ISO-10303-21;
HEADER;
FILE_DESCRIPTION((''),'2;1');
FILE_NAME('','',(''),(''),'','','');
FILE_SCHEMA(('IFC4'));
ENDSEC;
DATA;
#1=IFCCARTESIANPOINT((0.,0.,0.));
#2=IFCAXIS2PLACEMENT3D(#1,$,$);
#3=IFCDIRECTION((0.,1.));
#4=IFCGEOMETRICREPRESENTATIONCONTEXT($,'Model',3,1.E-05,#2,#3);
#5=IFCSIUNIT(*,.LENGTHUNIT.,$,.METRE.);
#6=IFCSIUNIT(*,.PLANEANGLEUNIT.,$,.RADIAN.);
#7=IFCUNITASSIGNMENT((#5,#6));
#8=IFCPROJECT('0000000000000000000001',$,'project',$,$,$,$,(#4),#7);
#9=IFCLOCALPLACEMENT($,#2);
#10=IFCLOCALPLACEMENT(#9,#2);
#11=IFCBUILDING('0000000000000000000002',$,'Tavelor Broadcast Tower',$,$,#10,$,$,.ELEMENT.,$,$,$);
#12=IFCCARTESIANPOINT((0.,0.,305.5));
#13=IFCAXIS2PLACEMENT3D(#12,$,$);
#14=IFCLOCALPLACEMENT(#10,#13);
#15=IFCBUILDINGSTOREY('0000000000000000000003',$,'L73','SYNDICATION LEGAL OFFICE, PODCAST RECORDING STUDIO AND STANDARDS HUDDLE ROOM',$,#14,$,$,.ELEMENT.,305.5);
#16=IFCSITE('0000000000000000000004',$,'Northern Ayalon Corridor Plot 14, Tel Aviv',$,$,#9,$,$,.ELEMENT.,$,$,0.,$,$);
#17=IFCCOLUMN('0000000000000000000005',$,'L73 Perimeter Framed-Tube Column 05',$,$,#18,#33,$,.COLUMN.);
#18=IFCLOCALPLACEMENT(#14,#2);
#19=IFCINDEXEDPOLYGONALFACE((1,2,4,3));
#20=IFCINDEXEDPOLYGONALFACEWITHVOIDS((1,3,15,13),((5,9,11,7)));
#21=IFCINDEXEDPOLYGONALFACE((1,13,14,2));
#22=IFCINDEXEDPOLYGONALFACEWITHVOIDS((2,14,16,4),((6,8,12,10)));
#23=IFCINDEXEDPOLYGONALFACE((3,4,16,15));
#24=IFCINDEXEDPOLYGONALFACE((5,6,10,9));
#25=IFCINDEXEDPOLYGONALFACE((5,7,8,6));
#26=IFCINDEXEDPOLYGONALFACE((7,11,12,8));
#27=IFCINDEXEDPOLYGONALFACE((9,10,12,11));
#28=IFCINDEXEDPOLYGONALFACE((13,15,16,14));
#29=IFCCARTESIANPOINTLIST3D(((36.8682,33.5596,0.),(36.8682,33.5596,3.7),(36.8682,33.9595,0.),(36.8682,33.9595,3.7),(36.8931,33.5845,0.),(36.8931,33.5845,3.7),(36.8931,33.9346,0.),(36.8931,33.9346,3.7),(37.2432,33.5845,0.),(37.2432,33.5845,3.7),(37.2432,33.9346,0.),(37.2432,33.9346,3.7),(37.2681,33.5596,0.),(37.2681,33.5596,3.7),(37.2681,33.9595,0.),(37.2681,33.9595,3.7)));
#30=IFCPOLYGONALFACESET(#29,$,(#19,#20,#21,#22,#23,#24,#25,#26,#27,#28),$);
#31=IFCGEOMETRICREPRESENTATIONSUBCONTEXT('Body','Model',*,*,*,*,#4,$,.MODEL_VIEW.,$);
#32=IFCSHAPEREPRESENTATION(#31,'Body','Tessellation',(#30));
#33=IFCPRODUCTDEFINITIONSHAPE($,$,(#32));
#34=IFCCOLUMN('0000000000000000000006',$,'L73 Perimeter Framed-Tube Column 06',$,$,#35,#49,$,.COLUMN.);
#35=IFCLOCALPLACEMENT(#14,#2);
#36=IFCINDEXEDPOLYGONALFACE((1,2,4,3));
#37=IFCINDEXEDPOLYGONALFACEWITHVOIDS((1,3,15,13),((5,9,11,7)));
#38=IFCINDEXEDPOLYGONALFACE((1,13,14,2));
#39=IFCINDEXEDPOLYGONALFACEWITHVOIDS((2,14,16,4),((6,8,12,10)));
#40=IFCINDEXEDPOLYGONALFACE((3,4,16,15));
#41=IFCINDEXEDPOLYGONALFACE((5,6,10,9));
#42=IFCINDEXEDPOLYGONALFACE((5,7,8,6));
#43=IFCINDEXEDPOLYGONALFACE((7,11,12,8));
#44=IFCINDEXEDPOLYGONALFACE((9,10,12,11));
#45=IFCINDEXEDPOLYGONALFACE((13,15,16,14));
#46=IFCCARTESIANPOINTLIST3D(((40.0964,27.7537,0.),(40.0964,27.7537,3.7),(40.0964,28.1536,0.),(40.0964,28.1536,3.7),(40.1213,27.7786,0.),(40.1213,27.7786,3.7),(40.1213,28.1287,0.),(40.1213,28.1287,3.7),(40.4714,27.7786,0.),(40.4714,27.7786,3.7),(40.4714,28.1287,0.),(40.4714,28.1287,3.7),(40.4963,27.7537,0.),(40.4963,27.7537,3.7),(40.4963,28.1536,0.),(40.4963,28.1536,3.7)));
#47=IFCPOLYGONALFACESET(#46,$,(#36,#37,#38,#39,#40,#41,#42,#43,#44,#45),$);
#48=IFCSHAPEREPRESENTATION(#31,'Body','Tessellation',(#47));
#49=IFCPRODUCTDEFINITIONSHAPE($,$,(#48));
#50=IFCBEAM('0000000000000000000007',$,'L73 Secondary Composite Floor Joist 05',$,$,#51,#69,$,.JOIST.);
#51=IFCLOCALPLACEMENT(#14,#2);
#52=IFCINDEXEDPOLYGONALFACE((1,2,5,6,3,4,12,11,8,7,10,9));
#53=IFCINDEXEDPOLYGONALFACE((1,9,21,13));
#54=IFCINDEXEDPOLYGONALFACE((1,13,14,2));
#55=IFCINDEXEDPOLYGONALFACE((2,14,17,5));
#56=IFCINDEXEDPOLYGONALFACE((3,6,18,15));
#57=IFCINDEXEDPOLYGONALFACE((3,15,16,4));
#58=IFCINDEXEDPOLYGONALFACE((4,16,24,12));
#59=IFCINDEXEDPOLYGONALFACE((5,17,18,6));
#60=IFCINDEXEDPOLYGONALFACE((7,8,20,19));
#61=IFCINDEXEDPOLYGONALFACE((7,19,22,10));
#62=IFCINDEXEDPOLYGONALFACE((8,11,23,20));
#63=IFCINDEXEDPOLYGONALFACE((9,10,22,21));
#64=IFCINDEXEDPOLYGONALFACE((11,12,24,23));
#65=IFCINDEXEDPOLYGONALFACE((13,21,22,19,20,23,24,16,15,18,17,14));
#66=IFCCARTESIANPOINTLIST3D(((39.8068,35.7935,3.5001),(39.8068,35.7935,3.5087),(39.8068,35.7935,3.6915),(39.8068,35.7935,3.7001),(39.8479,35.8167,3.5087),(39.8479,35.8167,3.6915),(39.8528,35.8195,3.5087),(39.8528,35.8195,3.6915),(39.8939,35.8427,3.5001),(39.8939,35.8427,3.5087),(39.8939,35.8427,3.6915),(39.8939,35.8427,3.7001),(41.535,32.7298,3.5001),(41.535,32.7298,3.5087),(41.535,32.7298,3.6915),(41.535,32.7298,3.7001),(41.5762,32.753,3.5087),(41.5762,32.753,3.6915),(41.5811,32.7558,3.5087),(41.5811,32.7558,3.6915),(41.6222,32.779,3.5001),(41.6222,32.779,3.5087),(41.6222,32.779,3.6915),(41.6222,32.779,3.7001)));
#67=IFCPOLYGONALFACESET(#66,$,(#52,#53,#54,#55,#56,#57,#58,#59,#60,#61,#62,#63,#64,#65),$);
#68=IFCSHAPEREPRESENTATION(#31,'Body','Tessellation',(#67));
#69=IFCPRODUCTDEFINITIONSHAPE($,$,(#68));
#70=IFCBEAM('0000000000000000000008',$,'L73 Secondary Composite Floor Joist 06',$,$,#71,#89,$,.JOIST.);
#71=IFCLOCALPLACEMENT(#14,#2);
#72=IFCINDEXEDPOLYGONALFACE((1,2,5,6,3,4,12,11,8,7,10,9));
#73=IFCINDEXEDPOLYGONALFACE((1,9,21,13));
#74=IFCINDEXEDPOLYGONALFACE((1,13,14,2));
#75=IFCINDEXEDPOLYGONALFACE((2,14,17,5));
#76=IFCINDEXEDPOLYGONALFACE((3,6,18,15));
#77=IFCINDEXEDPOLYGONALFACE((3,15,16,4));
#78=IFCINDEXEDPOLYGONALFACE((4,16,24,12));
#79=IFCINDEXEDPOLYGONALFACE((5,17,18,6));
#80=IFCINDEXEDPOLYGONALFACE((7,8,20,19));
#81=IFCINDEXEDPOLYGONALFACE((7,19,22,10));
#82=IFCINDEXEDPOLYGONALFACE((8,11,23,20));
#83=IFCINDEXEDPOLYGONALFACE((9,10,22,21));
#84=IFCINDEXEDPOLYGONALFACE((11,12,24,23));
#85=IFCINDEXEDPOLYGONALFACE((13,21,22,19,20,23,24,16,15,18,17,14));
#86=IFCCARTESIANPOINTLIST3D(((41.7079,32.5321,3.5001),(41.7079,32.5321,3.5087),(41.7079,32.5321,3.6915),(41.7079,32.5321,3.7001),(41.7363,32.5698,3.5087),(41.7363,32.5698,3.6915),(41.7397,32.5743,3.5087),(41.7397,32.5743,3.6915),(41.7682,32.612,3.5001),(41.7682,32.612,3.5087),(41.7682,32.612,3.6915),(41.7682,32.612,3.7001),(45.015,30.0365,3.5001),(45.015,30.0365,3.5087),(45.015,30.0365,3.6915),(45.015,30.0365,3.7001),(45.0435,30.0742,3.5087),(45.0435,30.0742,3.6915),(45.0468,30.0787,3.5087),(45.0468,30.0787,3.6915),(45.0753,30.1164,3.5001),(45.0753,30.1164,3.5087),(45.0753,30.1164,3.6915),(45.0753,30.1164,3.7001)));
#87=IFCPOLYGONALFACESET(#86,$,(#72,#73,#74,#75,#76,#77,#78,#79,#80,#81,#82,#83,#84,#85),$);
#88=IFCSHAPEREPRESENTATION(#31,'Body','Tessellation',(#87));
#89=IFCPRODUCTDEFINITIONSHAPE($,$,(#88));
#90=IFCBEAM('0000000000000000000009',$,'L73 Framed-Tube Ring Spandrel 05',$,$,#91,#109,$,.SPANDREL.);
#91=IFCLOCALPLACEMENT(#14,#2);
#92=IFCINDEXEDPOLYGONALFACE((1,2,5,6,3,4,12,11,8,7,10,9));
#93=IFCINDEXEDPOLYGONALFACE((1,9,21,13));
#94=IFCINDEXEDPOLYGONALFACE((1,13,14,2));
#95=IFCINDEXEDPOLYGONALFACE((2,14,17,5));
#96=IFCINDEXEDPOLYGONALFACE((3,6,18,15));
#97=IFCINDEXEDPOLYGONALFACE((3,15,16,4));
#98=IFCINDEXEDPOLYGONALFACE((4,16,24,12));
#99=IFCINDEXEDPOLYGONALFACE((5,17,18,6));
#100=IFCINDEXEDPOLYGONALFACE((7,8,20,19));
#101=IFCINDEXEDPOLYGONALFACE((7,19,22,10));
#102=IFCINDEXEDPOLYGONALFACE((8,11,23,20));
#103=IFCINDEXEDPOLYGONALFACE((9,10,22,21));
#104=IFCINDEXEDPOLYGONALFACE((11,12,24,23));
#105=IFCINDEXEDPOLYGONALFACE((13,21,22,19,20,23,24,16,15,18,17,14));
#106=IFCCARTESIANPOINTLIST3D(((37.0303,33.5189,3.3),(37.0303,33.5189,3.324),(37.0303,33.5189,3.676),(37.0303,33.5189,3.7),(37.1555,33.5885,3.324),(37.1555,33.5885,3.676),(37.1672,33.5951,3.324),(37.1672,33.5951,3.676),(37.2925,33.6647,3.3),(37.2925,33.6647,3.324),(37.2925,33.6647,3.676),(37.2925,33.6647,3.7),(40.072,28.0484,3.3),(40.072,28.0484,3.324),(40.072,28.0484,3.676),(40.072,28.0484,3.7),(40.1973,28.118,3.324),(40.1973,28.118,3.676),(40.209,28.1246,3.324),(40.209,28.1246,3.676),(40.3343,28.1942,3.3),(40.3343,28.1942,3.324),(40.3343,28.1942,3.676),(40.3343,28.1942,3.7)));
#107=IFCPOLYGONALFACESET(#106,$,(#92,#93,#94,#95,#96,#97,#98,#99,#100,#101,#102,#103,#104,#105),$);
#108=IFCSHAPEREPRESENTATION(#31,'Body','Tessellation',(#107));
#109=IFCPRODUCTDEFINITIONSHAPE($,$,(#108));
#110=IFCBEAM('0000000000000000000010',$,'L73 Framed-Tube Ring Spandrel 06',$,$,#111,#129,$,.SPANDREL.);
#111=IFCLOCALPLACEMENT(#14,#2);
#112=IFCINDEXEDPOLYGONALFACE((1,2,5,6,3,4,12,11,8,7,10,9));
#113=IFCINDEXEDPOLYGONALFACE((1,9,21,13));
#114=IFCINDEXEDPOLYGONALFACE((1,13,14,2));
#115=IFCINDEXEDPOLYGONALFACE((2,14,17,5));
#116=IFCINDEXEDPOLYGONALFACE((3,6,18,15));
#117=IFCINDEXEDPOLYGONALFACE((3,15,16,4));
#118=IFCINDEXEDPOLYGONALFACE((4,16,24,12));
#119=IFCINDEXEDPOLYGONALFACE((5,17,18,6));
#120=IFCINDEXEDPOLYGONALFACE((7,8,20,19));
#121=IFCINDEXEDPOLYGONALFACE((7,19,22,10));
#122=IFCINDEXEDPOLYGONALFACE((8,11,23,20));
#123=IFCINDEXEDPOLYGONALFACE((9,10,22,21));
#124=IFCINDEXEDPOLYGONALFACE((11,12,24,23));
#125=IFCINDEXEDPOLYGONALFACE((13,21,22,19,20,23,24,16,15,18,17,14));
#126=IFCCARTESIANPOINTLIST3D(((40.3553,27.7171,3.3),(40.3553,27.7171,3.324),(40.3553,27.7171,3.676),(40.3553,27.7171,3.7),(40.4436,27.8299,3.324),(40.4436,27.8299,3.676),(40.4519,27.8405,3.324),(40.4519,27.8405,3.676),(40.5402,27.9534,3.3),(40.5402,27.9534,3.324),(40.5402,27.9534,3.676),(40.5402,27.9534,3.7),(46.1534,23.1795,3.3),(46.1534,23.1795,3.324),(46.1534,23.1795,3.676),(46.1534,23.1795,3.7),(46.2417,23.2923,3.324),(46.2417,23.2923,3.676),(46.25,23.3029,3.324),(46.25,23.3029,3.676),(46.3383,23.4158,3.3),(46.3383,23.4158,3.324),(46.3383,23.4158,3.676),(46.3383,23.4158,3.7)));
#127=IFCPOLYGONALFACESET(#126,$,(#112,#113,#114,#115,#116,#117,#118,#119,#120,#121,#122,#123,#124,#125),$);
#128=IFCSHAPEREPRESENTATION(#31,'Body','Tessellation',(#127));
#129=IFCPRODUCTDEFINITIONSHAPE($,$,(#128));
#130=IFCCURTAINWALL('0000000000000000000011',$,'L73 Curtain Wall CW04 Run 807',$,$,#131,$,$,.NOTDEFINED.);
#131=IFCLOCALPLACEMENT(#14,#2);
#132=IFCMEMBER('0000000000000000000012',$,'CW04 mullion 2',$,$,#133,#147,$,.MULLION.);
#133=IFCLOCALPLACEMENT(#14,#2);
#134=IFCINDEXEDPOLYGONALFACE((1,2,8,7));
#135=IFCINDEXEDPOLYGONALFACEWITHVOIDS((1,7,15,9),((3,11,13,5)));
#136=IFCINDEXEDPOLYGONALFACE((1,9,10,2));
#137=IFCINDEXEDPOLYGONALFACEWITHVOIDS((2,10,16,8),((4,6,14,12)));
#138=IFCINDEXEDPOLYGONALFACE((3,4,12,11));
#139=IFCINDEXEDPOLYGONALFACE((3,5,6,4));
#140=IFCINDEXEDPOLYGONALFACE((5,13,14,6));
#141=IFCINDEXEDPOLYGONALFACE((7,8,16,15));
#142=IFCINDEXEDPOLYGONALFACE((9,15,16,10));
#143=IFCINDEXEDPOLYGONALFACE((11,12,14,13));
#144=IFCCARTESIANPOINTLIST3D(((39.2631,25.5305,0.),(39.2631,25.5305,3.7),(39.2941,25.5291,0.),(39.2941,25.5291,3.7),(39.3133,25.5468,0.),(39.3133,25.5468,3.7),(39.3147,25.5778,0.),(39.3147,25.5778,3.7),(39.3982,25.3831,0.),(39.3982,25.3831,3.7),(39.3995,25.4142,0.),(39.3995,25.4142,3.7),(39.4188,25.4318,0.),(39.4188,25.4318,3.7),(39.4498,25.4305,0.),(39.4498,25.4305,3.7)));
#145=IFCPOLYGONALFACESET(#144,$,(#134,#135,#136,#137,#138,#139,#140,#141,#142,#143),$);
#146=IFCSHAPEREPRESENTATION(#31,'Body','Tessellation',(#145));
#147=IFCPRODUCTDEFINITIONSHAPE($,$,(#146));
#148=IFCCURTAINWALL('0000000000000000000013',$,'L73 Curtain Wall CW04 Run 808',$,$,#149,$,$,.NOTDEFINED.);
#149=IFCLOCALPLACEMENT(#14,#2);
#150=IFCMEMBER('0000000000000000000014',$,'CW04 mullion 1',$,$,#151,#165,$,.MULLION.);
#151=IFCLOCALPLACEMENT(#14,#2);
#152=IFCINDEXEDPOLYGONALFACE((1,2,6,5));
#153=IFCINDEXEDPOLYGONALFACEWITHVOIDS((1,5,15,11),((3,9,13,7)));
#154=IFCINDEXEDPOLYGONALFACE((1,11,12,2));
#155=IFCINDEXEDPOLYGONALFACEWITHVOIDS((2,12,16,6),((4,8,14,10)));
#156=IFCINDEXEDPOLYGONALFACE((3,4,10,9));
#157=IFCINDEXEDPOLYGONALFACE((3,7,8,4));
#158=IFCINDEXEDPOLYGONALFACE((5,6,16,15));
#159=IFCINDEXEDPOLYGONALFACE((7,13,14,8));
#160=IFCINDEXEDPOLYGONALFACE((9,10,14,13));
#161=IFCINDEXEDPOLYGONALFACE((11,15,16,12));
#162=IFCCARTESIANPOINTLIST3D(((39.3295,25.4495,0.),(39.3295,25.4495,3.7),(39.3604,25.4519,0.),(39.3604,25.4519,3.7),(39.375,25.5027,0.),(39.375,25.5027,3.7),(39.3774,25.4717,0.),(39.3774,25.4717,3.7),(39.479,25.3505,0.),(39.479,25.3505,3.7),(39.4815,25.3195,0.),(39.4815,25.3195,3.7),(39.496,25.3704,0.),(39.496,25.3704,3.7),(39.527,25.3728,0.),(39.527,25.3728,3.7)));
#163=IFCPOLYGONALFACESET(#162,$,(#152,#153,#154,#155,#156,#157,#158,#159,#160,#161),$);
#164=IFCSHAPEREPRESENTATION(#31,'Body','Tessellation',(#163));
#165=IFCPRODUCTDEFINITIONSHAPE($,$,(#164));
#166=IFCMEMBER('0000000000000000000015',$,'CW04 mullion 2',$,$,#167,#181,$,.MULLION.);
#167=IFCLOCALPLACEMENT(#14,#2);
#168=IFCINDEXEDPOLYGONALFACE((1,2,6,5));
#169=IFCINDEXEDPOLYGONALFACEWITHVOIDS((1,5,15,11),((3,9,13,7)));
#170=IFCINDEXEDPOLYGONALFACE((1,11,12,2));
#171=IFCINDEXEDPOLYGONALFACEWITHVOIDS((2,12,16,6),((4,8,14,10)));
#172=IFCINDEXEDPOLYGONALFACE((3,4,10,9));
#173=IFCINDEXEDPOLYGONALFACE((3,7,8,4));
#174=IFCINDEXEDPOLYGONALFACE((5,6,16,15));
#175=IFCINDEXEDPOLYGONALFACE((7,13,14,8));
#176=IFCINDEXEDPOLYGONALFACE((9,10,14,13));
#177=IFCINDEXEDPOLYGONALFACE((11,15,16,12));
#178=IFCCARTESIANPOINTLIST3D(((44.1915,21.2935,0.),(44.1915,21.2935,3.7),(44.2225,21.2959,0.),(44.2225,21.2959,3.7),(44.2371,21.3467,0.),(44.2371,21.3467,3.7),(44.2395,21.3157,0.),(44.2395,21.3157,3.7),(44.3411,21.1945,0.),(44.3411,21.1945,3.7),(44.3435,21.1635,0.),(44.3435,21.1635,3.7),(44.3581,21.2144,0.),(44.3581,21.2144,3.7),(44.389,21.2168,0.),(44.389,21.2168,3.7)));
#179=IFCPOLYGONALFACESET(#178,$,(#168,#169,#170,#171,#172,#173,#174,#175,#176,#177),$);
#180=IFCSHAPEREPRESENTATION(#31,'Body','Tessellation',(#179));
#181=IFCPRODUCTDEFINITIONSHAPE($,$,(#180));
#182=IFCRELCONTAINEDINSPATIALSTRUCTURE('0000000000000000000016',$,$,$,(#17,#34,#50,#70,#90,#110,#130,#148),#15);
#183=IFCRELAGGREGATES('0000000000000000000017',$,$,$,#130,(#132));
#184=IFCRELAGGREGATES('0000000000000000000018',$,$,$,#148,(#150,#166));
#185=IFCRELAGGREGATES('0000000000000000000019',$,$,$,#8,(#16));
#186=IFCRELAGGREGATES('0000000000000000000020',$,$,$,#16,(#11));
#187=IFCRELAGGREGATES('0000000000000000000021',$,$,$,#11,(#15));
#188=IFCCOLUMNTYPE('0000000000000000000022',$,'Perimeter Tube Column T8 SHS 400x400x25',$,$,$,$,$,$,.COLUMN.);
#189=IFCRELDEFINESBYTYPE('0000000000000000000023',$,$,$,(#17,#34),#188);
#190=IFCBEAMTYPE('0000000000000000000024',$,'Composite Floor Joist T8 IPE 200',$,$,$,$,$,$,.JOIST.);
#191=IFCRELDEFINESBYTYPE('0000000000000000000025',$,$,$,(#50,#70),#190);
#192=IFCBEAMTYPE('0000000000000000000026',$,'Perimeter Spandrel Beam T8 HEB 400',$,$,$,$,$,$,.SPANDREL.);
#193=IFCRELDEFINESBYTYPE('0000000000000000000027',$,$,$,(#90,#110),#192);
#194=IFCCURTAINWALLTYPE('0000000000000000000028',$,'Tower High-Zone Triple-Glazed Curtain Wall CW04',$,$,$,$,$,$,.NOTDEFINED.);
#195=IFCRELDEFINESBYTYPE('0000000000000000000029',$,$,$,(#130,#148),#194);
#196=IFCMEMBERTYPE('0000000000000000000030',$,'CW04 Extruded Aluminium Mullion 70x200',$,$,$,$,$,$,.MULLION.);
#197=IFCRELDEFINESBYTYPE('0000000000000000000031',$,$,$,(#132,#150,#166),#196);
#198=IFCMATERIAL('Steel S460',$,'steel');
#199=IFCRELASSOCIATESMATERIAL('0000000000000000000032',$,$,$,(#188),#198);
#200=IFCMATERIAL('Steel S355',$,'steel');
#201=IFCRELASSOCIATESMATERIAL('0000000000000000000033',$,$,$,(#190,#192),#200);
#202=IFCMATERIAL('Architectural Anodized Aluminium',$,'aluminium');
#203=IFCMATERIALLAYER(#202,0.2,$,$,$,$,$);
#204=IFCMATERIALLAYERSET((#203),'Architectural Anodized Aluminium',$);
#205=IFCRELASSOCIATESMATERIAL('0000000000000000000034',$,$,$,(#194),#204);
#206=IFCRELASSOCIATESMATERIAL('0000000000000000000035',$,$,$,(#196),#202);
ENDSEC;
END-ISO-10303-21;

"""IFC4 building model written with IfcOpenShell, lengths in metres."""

from ifc_helpers import new_model, si_unit, direction, frame, origin, origin_2d, place, context, subcontext, project, spatial, hollow_rectangle, i_section, extrude, source, transform, mapped, material, layer, layer_set, material_profile, profile_set, type_object, type_shapes, element, aggregate, save


model = new_model("IFC4")

# Units and contexts
model_context = context("Model", 3, precision=1e-05, world=origin(), true_north=direction((0.0, 1.0)))
body_context = subcontext(model_context, "Body", "Model", "MODEL_VIEW")
ifc_project = project(units=[si_unit("LENGTHUNIT", "METRE"), si_unit("PLANEANGLEUNIT", "RADIAN")], contexts=[model_context])

# Site, building, storey
site_placement = place(None, origin())
site = spatial("IfcSite", under=ifc_project, at=site_placement, Name="Northern Ayalon Corridor Plot 14, Tel Aviv", CompositionType="ELEMENT", RefElevation=0.0)
building_placement = place(site_placement, origin())
building = spatial("IfcBuilding", under=site, at=building_placement, Name="Tavelor Broadcast Tower", CompositionType="ELEMENT")
storey_placement = place(building_placement, frame((0.0, 0.0, 305.5)))
storey = spatial("IfcBuildingStorey", under=building, at=storey_placement, Name="L73", Description="SYNDICATION LEGAL OFFICE, PODCAST RECORDING STUDIO AND STANDARDS HUDDLE ROOM", CompositionType="ELEMENT", Elevation=305.5)

# Columns
ifc_material_1 = material(Name="Steel S460", Category="steel")
ifc_material_profile_1 = material_profile(ifc_material_1, hollow_rectangle(XDim=0.3999, YDim=0.3999, WallThickness=0.0249, at=origin_2d()), Name="SHS 400x400x25")
ifc_profile_set_1 = profile_set([ifc_material_profile_1], Name="Steel S460")
column_type = type_object("IfcColumnType", Name="Perimeter Tube Column T8 SHS 400x400x25", PredefinedType="COLUMN", material=ifc_profile_set_1)
for number, where, z_axis, x_axis, name in (
    (1, (37.0681, 33.7595, 0.0), (0.0, 0.0, 1.0), (1.0, 0.0, 0.0), "L73 Perimeter Framed-Tube Column 05"),
    (2, (40.2964, 27.9536, 0.0), (0.0, 0.0, 1.0), (1.0, 0.0, 0.0), "L73 Perimeter Framed-Tube Column 06"),
):
    element("IfcColumn", number, at=place(storey_placement, frame(where, z_axis=z_axis, x_axis=x_axis)), inside=storey, type_object=column_type, Name=name, PredefinedType="COLUMN", context=body_context, shape_type="SweptSolid", body=[
        extrude(hollow_rectangle(XDim=0.3999, YDim=0.3999, WallThickness=0.0249, at=origin_2d()), origin(), (0.0, 0.0, 1.0), 3.7),
    ])

# Beams
ifc_material_2 = material(Name="Steel S355", Category="steel")
ifc_material_profile_2 = material_profile(ifc_material_2, i_section(OverallWidth=0.1001, OverallDepth=0.2, WebThickness=0.0056, FlangeThickness=0.0085, at=origin_2d()), Name="IPE 200")
ifc_profile_set_2 = profile_set([ifc_material_profile_2], Name="Steel S355")
beam_type_1 = type_object("IfcBeamType", Name="Composite Floor Joist T8 IPE 200", PredefinedType="JOIST", material=ifc_profile_set_2)
beam_1_placement = place(storey_placement, frame((39.8503, 35.8181, 3.6001), z_axis=(0.491325, -0.870976, 0.0), x_axis=(0.870976, 0.491325, 0.0)))
element("IfcBeam", 3, at=beam_1_placement, inside=storey, type_object=beam_type_1, Name="L73 Secondary Composite Floor Joist 05", PredefinedType="JOIST", context=body_context, shape_type="SweptSolid", body=[
    extrude(i_section(OverallWidth=0.1001, OverallDepth=0.2, WebThickness=0.0056, FlangeThickness=0.0085, at=origin_2d()), origin(), (0.0, 0.0, 1.0), 3.5176),
])
beam_2_placement = place(storey_placement, frame((41.738, 32.572, 3.6001), z_axis=(0.798229, -0.602354, 0.0), x_axis=(0.602354, 0.798229, 0.0)))
element("IfcBeam", 4, at=beam_2_placement, inside=storey, type_object=beam_type_1, Name="L73 Secondary Composite Floor Joist 06", PredefinedType="JOIST", context=body_context, shape_type="SweptSolid", body=[
    extrude(i_section(OverallWidth=0.1001, OverallDepth=0.2, WebThickness=0.0056, FlangeThickness=0.0085, at=origin_2d()), origin(), (0.0, 0.0, 1.0), 4.1431),
])
ifc_material_profile_3 = material_profile(ifc_material_2, i_section(OverallWidth=0.3, OverallDepth=0.3999, WebThickness=0.0134, FlangeThickness=0.0239, at=origin_2d()), Name="HEB 400")
ifc_profile_set_3 = profile_set([ifc_material_profile_3], Name="Steel S355")
beam_type_2 = type_object("IfcBeamType", Name="Perimeter Spandrel Beam T8 HEB 400", PredefinedType="SPANDREL", material=ifc_profile_set_3)
beam_3_placement = place(storey_placement, frame((37.1614, 33.5918, 3.5), z_axis=(0.485961, -0.873981, 0.0), x_axis=(0.873981, 0.485961, 0.0)))
element("IfcBeam", 5, at=beam_3_placement, inside=storey, type_object=beam_type_2, Name="L73 Framed-Tube Ring Spandrel 05", PredefinedType="SPANDREL", context=body_context, shape_type="SweptSolid", body=[
    extrude(i_section(OverallWidth=0.3, OverallDepth=0.3999, WebThickness=0.0134, FlangeThickness=0.0239, at=origin_2d()), origin(), (0.0, 0.0, 1.0), 6.2593),
])
beam_4_placement = place(storey_placement, frame((40.4478, 27.8352, 3.5), z_axis=(0.787508, -0.616305, 0.0), x_axis=(0.616305, 0.787508, 0.0)))
element("IfcBeam", 6, at=beam_4_placement, inside=storey, type_object=beam_type_2, Name="L73 Framed-Tube Ring Spandrel 06", PredefinedType="SPANDREL", context=body_context, shape_type="SweptSolid", body=[
    extrude(i_section(OverallWidth=0.3, OverallDepth=0.3999, WebThickness=0.0134, FlangeThickness=0.0239, at=origin_2d()), origin(), (0.0, 0.0, 1.0), 7.3625),
])

# Curtain wall, member
ifc_material_3 = material(Name="Architectural Anodized Aluminium", Category="aluminium")
ifc_layer_1 = layer(ifc_material_3, 0.2)
ifc_layer_set_1 = layer_set([ifc_layer_1], Name="Architectural Anodized Aluminium")
curtain_wall_type = type_object("IfcCurtainWallType", Name="Tower High-Zone Triple-Glazed Curtain Wall CW04", PredefinedType="NOTDEFINED", material=ifc_layer_set_1)
curtain_wall_1_placement = place(storey_placement, origin())
curtain_wall_1 = element("IfcCurtainWall", 7, at=curtain_wall_1_placement, inside=storey, type_object=curtain_wall_type, Name="L73 Curtain Wall CW04 Run 807", PredefinedType="NOTDEFINED")
ifc_material_profile_4 = material_profile(ifc_material_3, hollow_rectangle(XDim=0.0701, YDim=0.2, WallThickness=0.022, at=origin_2d()), Name="RHS 70x200x22")
ifc_profile_set_4 = profile_set([ifc_material_profile_4], Name="Architectural Anodized Aluminium")
member_type_1 = type_object("IfcMemberType", Name="CW04 Extruded Aluminium Mullion 70x200", PredefinedType="MULLION", material=ifc_profile_set_4)
shared_shape_1 = source(origin(), body_context, "Body", "SweptSolid", [
    extrude(hollow_rectangle(XDim=0.0701, YDim=0.2, WallThickness=0.022, at=origin_2d()), origin(), (0.0, 0.0, 1.0), 3.7),
])
type_shapes(member_type_1, [shared_shape_1])
member_1_placement = place(storey_placement, frame((39.3564, 25.4805, 0.0), z_axis=(0.0, 0.0, 1.0), x_axis=(0.736981, 0.675913, 0.0)))
member_1 = element("IfcMember", 8, at=member_1_placement, type_object=member_type_1, Name="CW04 mullion 2", PredefinedType="MULLION", context=body_context, shape_type="MappedRepresentation", body=[
    mapped(shared_shape_1, transform((0.0, 0.0, 0.0), scale=1.0)),
])

# Curtain wall, members
curtain_wall_2_placement = place(storey_placement, origin())
curtain_wall_2 = element("IfcCurtainWall", 9, at=curtain_wall_2_placement, inside=storey, type_object=curtain_wall_type, Name="L73 Curtain Wall CW04 Run 808", PredefinedType="NOTDEFINED")
member_2_placement = place(storey_placement, frame((39.4282, 25.4111, 0.0), z_axis=(0.0, 0.0, 1.0), x_axis=(0.649755, 0.760143, 0.0)))
member_2 = element("IfcMember", 10, at=member_2_placement, type_object=member_type_1, Name="CW04 mullion 1", PredefinedType="MULLION", context=body_context, shape_type="MappedRepresentation", body=[
    mapped(shared_shape_1, transform((0.0, 0.0, 0.0), scale=1.0)),
])
member_3_placement = place(storey_placement, frame((44.2903, 21.2551, 0.0), z_axis=(0.0, 0.0, 1.0), x_axis=(0.649755, 0.760143, 0.0)))
member_3 = element("IfcMember", 11, at=member_3_placement, type_object=member_type_1, Name="CW04 mullion 2", PredefinedType="MULLION", context=body_context, shape_type="MappedRepresentation", body=[
    mapped(shared_shape_1, transform((0.0, 0.0, 0.0), scale=1.0)),
])

aggregate(curtain_wall_1, [member_1])
aggregate(curtain_wall_2, [member_2, member_3])

save(model, "model.ifc")
